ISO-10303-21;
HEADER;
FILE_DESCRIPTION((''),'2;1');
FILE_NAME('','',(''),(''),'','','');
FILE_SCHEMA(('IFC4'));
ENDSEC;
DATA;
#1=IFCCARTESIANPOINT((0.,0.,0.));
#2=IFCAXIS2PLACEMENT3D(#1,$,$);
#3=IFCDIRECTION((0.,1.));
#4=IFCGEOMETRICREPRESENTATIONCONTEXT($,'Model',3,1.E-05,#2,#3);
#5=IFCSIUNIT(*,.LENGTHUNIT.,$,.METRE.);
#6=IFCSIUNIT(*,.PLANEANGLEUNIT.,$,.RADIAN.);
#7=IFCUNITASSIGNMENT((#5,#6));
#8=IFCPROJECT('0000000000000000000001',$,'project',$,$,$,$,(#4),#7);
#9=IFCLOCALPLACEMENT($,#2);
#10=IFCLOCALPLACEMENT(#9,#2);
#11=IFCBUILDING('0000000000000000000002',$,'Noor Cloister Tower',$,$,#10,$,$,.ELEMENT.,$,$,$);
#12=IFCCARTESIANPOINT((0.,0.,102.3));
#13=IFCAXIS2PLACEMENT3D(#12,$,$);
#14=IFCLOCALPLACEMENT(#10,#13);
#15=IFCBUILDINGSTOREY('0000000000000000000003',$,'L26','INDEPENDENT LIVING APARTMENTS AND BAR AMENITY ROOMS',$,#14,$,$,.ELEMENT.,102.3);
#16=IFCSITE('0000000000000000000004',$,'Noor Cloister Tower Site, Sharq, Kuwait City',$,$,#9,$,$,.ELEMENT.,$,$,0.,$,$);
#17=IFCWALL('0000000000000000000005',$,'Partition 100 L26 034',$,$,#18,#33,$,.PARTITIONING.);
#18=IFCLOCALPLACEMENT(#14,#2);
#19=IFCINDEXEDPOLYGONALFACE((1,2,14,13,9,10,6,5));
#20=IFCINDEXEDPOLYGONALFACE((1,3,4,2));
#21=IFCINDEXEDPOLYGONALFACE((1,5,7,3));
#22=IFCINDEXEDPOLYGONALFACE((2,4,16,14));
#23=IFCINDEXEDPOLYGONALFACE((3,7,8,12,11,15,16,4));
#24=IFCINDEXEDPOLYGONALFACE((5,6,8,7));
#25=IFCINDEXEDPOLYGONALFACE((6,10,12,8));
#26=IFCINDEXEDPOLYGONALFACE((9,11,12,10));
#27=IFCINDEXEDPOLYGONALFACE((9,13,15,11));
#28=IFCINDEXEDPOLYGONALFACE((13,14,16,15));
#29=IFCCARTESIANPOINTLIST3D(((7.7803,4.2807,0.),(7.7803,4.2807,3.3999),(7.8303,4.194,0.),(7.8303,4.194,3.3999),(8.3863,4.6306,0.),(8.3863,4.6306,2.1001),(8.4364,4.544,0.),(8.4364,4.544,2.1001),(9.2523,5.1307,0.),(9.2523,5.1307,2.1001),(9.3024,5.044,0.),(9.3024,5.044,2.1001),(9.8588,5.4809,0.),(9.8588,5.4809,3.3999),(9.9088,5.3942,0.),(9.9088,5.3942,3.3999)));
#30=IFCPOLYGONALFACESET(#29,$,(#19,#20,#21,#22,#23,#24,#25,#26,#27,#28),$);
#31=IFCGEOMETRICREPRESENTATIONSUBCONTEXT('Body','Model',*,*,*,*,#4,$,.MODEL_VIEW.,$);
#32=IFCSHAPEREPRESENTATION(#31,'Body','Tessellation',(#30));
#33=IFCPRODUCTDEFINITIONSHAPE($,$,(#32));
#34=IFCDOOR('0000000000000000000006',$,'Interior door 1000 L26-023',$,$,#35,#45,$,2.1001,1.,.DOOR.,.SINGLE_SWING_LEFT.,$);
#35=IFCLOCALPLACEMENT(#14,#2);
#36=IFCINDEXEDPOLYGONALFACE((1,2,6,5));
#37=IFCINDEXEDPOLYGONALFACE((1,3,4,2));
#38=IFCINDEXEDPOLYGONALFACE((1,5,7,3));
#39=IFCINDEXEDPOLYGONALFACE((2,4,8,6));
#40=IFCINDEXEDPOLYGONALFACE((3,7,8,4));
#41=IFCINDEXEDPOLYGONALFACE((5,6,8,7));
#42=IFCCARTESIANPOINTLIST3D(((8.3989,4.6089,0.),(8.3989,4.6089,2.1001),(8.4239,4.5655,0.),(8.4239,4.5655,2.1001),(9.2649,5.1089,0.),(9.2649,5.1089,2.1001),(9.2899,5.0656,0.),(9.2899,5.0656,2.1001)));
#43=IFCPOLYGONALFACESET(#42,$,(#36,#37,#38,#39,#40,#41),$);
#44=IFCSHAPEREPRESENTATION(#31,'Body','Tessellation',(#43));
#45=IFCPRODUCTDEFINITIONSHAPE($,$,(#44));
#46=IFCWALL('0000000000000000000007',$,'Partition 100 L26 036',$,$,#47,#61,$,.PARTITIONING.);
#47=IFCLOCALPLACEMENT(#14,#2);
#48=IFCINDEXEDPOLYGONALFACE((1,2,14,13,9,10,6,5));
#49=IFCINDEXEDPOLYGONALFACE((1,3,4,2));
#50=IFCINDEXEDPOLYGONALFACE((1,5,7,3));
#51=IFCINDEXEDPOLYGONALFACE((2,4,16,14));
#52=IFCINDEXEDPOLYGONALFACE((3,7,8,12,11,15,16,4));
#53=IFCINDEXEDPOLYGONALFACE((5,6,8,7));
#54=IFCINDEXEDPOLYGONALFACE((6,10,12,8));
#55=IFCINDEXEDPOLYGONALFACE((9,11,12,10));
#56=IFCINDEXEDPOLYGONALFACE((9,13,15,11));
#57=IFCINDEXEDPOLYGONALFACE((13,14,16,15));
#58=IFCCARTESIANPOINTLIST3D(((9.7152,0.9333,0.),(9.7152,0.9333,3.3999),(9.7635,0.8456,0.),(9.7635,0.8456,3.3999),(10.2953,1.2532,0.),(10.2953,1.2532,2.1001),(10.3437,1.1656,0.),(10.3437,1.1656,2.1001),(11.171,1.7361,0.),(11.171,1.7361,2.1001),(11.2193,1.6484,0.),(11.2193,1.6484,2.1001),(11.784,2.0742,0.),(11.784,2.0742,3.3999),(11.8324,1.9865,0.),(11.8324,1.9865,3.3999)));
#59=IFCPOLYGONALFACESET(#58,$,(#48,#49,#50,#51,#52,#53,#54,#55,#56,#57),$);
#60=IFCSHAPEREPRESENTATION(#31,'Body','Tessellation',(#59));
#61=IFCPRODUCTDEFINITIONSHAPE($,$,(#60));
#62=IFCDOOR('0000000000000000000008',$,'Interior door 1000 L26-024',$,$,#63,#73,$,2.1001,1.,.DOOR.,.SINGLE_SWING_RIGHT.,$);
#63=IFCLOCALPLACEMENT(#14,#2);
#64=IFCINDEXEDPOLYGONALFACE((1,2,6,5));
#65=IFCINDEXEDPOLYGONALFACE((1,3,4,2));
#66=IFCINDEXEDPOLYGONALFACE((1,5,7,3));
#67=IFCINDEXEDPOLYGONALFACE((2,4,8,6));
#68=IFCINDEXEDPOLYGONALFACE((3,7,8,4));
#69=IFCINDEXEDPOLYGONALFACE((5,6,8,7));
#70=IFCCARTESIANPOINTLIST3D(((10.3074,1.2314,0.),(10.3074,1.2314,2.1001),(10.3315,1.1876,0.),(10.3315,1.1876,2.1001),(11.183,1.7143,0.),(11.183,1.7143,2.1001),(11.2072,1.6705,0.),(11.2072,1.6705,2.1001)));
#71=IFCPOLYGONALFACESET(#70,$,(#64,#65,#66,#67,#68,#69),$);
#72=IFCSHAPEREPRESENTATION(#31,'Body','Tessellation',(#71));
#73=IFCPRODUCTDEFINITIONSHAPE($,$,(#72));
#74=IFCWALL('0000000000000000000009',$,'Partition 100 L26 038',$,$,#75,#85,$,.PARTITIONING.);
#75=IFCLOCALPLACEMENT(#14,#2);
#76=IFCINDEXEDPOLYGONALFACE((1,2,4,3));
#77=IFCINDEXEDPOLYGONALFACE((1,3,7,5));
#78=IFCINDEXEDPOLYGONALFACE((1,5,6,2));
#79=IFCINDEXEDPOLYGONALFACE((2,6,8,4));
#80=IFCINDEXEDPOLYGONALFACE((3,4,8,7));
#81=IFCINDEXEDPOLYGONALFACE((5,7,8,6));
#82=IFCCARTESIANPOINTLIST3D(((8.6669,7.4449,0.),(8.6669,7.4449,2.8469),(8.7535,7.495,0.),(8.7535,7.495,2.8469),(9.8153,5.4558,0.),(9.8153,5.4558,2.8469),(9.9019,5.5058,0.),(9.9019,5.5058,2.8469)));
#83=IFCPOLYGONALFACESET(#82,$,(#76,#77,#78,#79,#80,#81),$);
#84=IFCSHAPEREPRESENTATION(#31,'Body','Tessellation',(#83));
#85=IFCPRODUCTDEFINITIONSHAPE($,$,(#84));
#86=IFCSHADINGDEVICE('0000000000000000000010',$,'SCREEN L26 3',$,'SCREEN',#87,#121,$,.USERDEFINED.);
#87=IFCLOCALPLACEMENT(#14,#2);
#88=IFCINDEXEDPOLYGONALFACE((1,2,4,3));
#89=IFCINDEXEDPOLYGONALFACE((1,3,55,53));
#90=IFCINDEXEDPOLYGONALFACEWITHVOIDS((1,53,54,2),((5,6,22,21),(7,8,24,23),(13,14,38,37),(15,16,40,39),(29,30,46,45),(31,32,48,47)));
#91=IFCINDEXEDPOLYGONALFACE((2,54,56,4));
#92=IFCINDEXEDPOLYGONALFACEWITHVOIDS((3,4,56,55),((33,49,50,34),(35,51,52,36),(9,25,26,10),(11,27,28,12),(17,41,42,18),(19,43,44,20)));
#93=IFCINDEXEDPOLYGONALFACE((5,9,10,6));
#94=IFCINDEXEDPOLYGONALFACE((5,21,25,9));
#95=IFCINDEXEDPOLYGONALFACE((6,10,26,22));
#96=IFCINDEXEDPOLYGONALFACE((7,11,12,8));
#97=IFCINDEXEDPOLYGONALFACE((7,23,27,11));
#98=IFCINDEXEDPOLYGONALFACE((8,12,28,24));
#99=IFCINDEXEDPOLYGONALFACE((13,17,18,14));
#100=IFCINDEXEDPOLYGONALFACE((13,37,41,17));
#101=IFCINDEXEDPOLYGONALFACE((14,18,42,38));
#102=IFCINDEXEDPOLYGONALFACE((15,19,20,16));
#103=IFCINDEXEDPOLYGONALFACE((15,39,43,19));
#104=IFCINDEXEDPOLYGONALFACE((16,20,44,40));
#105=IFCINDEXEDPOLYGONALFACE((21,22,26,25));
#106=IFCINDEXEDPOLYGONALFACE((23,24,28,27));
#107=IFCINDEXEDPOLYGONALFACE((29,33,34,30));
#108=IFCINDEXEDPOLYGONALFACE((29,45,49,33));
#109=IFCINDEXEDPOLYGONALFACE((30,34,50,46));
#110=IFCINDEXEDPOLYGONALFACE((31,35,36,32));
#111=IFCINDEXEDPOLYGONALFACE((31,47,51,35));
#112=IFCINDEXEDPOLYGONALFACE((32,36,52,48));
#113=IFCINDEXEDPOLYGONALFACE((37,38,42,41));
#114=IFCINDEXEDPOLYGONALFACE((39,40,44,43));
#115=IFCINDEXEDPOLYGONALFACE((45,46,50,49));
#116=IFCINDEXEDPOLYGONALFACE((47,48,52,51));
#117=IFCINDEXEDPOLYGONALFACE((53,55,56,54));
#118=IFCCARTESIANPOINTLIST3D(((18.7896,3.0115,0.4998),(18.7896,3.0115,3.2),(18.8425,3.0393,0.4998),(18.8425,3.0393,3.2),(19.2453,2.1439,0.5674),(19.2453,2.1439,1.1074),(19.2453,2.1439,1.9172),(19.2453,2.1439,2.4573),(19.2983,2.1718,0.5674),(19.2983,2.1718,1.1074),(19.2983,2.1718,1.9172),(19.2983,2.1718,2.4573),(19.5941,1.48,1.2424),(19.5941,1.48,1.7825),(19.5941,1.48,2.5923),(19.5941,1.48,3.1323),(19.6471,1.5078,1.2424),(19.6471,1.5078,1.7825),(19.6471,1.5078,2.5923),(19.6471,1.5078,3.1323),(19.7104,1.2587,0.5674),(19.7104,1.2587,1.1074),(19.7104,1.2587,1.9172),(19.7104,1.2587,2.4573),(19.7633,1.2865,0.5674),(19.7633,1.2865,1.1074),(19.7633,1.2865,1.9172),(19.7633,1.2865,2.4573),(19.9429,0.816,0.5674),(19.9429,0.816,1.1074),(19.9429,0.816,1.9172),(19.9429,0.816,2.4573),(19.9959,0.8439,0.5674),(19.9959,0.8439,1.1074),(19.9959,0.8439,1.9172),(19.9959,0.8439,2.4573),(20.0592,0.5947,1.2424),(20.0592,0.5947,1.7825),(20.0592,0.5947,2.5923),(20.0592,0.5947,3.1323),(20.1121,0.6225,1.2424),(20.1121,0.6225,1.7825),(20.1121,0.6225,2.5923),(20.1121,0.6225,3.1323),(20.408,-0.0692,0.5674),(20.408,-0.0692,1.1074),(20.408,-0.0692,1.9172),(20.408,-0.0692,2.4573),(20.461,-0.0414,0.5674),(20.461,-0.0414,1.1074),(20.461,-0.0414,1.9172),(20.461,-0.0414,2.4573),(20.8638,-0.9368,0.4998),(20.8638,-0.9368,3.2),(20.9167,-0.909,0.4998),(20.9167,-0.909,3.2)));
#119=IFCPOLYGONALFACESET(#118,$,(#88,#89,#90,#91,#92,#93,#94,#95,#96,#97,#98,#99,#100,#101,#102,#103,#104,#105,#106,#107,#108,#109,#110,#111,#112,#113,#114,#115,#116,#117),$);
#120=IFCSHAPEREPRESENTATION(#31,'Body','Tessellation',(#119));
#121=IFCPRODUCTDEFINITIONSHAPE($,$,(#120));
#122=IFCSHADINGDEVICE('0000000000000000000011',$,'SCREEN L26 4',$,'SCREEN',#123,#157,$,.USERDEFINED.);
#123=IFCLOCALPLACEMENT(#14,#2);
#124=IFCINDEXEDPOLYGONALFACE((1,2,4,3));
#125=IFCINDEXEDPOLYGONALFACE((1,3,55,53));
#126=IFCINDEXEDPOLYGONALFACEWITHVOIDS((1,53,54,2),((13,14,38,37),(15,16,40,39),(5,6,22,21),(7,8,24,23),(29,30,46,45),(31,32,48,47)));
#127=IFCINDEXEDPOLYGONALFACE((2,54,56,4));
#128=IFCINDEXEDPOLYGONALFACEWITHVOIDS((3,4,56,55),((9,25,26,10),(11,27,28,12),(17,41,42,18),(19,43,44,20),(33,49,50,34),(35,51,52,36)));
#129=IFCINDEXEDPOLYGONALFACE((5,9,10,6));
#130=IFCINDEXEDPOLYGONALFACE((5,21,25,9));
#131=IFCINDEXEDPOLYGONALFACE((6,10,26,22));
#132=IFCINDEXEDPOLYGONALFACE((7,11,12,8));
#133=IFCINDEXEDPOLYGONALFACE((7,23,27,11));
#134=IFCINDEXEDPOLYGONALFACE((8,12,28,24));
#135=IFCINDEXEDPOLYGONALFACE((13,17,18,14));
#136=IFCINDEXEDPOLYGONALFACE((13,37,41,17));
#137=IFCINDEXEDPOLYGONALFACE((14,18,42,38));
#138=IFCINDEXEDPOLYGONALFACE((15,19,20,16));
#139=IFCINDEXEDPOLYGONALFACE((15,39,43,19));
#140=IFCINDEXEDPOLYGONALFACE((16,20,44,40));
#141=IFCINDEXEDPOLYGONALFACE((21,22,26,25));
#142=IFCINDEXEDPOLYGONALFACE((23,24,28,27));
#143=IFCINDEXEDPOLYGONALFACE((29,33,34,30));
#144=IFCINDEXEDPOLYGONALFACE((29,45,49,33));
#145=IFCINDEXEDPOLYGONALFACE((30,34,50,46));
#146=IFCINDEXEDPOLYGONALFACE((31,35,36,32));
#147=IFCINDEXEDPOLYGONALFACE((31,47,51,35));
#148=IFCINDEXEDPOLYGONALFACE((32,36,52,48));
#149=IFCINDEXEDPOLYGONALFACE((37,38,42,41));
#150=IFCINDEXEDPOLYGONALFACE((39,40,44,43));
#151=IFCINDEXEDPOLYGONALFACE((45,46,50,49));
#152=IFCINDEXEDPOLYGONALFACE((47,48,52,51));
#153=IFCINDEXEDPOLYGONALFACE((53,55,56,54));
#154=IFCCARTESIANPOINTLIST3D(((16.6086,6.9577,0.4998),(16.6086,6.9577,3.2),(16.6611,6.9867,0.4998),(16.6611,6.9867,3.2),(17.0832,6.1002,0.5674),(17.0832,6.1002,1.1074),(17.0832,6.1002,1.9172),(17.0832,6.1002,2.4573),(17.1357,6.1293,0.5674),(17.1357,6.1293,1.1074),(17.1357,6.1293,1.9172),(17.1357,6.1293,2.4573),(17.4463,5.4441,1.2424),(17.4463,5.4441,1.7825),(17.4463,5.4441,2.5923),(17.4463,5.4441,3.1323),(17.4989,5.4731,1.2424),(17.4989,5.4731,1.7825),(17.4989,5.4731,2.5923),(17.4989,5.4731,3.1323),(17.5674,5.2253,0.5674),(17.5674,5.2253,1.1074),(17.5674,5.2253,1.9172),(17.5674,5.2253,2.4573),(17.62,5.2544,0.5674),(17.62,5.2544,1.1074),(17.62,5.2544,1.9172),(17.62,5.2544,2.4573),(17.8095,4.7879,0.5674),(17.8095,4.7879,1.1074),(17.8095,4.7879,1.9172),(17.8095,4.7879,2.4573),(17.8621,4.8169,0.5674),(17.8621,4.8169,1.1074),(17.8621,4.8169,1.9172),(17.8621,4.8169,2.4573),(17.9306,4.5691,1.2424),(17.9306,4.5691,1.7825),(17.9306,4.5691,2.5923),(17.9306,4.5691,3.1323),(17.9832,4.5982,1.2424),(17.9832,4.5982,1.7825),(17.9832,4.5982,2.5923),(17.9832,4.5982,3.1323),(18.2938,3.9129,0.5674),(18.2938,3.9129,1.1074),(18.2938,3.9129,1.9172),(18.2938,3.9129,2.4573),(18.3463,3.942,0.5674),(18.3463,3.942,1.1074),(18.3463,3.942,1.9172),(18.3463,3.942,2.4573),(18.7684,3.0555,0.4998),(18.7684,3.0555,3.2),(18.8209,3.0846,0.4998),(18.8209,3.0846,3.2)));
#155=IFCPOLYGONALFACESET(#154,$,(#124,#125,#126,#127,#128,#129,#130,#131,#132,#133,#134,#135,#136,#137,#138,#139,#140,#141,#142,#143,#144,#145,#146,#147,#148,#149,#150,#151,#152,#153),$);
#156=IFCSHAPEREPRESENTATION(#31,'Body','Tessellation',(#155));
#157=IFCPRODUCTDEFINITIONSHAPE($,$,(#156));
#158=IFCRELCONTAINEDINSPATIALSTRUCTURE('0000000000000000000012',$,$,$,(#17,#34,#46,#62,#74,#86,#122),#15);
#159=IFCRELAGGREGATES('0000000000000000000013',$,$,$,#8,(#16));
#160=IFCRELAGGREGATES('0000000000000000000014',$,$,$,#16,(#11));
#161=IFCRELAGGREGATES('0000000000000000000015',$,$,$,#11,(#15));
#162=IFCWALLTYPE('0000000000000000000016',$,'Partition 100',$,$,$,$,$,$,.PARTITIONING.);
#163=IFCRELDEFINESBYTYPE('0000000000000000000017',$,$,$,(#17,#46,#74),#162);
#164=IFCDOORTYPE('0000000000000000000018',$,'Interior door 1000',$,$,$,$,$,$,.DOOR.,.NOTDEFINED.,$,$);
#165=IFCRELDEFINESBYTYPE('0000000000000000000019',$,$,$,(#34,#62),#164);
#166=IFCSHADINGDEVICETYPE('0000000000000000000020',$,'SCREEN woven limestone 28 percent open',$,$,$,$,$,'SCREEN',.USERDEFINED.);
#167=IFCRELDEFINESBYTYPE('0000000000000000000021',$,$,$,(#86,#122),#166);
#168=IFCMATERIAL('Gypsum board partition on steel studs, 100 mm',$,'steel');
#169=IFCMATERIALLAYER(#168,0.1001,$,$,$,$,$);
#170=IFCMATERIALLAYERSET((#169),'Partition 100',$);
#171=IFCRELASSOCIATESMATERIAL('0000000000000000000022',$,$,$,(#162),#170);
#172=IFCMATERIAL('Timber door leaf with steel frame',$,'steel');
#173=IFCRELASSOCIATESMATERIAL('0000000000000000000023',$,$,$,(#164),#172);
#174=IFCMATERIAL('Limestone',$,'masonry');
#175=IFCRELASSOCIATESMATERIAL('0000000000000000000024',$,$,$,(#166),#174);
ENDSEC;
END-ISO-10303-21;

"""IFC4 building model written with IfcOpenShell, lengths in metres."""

from ifc_helpers import new_model, si_unit, direction, frame, frame_2d, origin, place, context, subcontext, project, spatial, polyline, rectangle, outline, extrude, material, layer, layer_set, material_profile, profile_set, type_object, element, fill, save


model = new_model("IFC4")

# Units and contexts
model_context = context("Model", 3, precision=1e-05, world=origin(), true_north=direction((0.0, 1.0)))
body_context = subcontext(model_context, "Body", "Model", "MODEL_VIEW")
ifc_project = project(units=[si_unit("LENGTHUNIT", "METRE"), si_unit("PLANEANGLEUNIT", "RADIAN")], contexts=[model_context])

# Site, building, storey
site_placement = place(None, origin())
site = spatial("IfcSite", under=ifc_project, at=site_placement, Name="Noor Cloister Tower Site, Sharq, Kuwait City", CompositionType="ELEMENT", RefElevation=0.0)
building_placement = place(site_placement, origin())
building = spatial("IfcBuilding", under=site, at=building_placement, Name="Noor Cloister Tower", CompositionType="ELEMENT")
storey_placement = place(building_placement, frame((0.0, 0.0, 102.3)))
storey = spatial("IfcBuildingStorey", under=building, at=storey_placement, Name="L26", Description="INDEPENDENT LIVING APARTMENTS AND BAR AMENITY ROOMS", CompositionType="ELEMENT", Elevation=102.3)

# Walls, openings, doors
ifc_material_1 = material(Name="Gypsum board partition on steel studs, 100 mm", Category="steel")
ifc_layer_1 = layer(ifc_material_1, 0.1001)
ifc_layer_set_1 = layer_set([ifc_layer_1], Name="Partition 100")
wall_type_1 = type_object("IfcWallType", Name="Partition 100", PredefinedType="PARTITIONING", material=ifc_layer_set_1)
wall_1_placement = place(storey_placement, frame((7.8052, 4.2373, 0.0), z_axis=(0.0, 0.0, 1.0), x_axis=(0.866006, 0.500034, 0.0)))
wall_1 = element("IfcWall", 1, at=wall_1_placement, inside=storey, type_object=wall_type_1, Name="Partition 100 L26 034", PredefinedType="PARTITIONING", context=body_context, shape_type="SweptSolid", body=[
    extrude(rectangle(XDim=2.4001, YDim=0.1001, at=frame_2d((1.2002, 0.0))), origin(), (0.0, 0.0, 1.0), 3.3999),
])
opening_1_placement = place(wall_1_placement, frame((0.7, 0.0, 0.0)))
opening_1 = element("IfcOpeningElement", 2, at=opening_1_placement, cuts=wall_1, PredefinedType="OPENING", context=body_context, shape_type="SweptSolid", body=[
    extrude(rectangle(XDim=1.0, YDim=2.1001, at=frame_2d((0.5, 1.05))), frame((0.0, 0.0601, 0.0), z_axis=(0.0, -1.0, 0.0), x_axis=(1.0, 0.0, 0.0)), (0.0, 0.0, 1.0), 0.1201),
])
ifc_material_2 = material(Name="Timber door leaf with steel frame", Category="steel")
door_type = type_object("IfcDoorType", Name="Interior door 1000", OperationType="NOTDEFINED", PredefinedType="DOOR", material=ifc_material_2)
door_1_placement = place(opening_1_placement, origin())
door_1 = element("IfcDoor", 3, at=door_1_placement, inside=storey, type_object=door_type, Name="Interior door 1000 L26-023", OperationType="SINGLE_SWING_LEFT", OverallHeight=2.1001, OverallWidth=1.0, PredefinedType="DOOR", context=body_context, shape_type="SweptSolid", body=[
    extrude(rectangle(XDim=1.0, YDim=2.1001, at=frame_2d((0.5, 1.05))), frame((0.0, 0.0249, 0.0), z_axis=(0.0, -1.0, 0.0), x_axis=(1.0, 0.0, 0.0)), (0.0, 0.0, 1.0), 0.05),
])
fill(opening_1, door_1)
wall_2_placement = place(storey_placement, frame((11.8081, 2.0303, 0.0), z_axis=(0.0, 0.0, 1.0), x_axis=(-0.875679, -0.482894, 0.0)))
wall_2 = element("IfcWall", 4, at=wall_2_placement, inside=storey, type_object=wall_type_1, Name="Partition 100 L26 036", PredefinedType="PARTITIONING", context=body_context, shape_type="SweptSolid", body=[
    extrude(rectangle(XDim=2.3625, YDim=0.1001, at=frame_2d((1.1812, 0.0))), origin(), (0.0, 0.0, 1.0), 3.3999),
])
opening_2_placement = place(wall_2_placement, frame((0.7, 0.0, 0.0)))
opening_2 = element("IfcOpeningElement", 5, at=opening_2_placement, cuts=wall_2, PredefinedType="OPENING", context=body_context, shape_type="SweptSolid", body=[
    extrude(rectangle(XDim=1.0, YDim=2.1001, at=frame_2d((0.5, 1.05))), frame((0.0, 0.0601, 0.0), z_axis=(0.0, -1.0, 0.0), x_axis=(1.0, 0.0, 0.0)), (0.0, 0.0, 1.0), 0.1201),
])
door_2_placement = place(opening_2_placement, origin())
door_2 = element("IfcDoor", 6, at=door_2_placement, inside=storey, type_object=door_type, Name="Interior door 1000 L26-024", OperationType="SINGLE_SWING_RIGHT", OverallHeight=2.1001, OverallWidth=1.0, PredefinedType="DOOR", context=body_context, shape_type="SweptSolid", body=[
    extrude(rectangle(XDim=1.0, YDim=2.1001, at=frame_2d((0.5, 1.05))), frame((0.0, 0.0249, 0.0), z_axis=(0.0, -1.0, 0.0), x_axis=(1.0, 0.0, 0.0)), (0.0, 0.0, 1.0), 0.05),
])
fill(opening_2, door_2)

# Wall
wall_3_placement = place(storey_placement, frame((8.7102, 7.47, 0.0), z_axis=(0.0, 0.0, 1.0), x_axis=(0.49998, -0.866037, 0.0)))
element("IfcWall", 7, at=wall_3_placement, inside=storey, type_object=wall_type_1, Name="Partition 100 L26 038", PredefinedType="PARTITIONING", context=body_context, shape_type="SweptSolid", body=[
    extrude(rectangle(XDim=2.2969, YDim=0.1001, at=frame_2d((1.1484, 0.0))), origin(), (0.0, 0.0, 1.0), 2.8469),
])

# Shading devices
ifc_material_3 = material(Name="Limestone", Category="masonry")
ifc_material_profile_1 = material_profile(ifc_material_3, outline(polyline([(-2.23, -1.3501), (2.23, -1.3501), (2.23, 1.3501), (-2.23, 1.3501), (-2.23, -1.3501)]), holes=[polyline([(-1.25, -1.2825), (-0.25, -1.2825), (-0.25, -0.7424), (-1.25, -0.7424), (-1.25, -1.2825)]), polyline([(0.25, -1.2825), (1.25, -1.2825), (1.25, -0.7424), (0.25, -0.7424), (0.25, -1.2825)]), polyline([(-0.5, -0.6074), (0.5, -0.6074), (0.5, -0.0674), (-0.5, -0.0674), (-0.5, -0.6074)]), polyline([(-1.25, 0.0674), (-0.25, 0.0674), (-0.25, 0.6074), (-1.25, 0.6074), (-1.25, 0.0674)]), polyline([(0.25, 0.0674), (1.25, 0.0674), (1.25, 0.6074), (0.25, 0.6074), (0.25, 0.0674)]), polyline([(-0.5, 0.7424), (0.5, 0.7424), (0.5, 1.2825), (-0.5, 1.2825), (-0.5, 0.7424)])]), Name="Woven screen 28 percent open")
ifc_profile_set_1 = profile_set([ifc_material_profile_1], Name="Limestone")
shading_device_type = type_object("IfcShadingDeviceType", Name="SCREEN woven limestone 28 percent open", ElementType="SCREEN", PredefinedType="USERDEFINED", material=ifc_profile_set_1)
shading_device_placement = place(storey_placement, frame((19.8267, 1.0374, 1.8499), z_axis=(0.885272, 0.465074, 0.0), x_axis=(-0.465074, 0.885272, 0.0)))
element("IfcShadingDevice", 8, at=shading_device_placement, inside=storey, type_object=shading_device_type, Name="SCREEN L26 3", ObjectType="SCREEN", PredefinedType="USERDEFINED", context=body_context, shape_type="SweptSolid", body=[
    extrude(outline(polyline([(-2.23, -1.3501), (2.23, -1.3501), (2.23, 1.3501), (-2.23, 1.3501), (-2.23, -1.3501)]), holes=[polyline([(-1.25, -1.2825), (-0.25, -1.2825), (-0.25, -0.7424), (-1.25, -0.7424), (-1.25, -1.2825)]), polyline([(0.25, -1.2825), (1.25, -1.2825), (1.25, -0.7424), (0.25, -0.7424), (0.25, -1.2825)]), polyline([(-0.5, -0.6074), (0.5, -0.6074), (0.5, -0.0674), (-0.5, -0.0674), (-0.5, -0.6074)]), polyline([(-1.25, 0.0674), (-0.25, 0.0674), (-0.25, 0.6074), (-1.25, 0.6074), (-1.25, 0.0674)]), polyline([(0.25, 0.0674), (1.25, 0.0674), (1.25, 0.6074), (0.25, 0.6074), (0.25, 0.0674)]), polyline([(-0.5, 0.7424), (0.5, 0.7424), (0.5, 1.2825), (-0.5, 1.2825), (-0.5, 0.7424)])]), origin(), (0.0, 0.0, 1.0), 0.0598),
])
for number, where, z_axis, x_axis, name in (
    (9, (17.6885, 5.0066, 1.8499), (0.874924, 0.48426, 0.0), (-0.48426, 0.874924, 0.0), "SCREEN L26 4"),
):
    element("IfcShadingDevice", number, at=place(storey_placement, frame(where, z_axis=z_axis, x_axis=x_axis)), inside=storey, type_object=shading_device_type, Name=name, ObjectType="SCREEN", PredefinedType="USERDEFINED", context=body_context, shape_type="SweptSolid", body=[
        extrude(outline(polyline([(-2.23, -1.3501), (2.23, -1.3501), (2.23, 1.3501), (-2.23, 1.3501), (-2.23, -1.3501)]), holes=[polyline([(-1.25, -1.2825), (-0.25, -1.2825), (-0.25, -0.7424), (-1.25, -0.7424), (-1.25, -1.2825)]), polyline([(0.25, -1.2825), (1.25, -1.2825), (1.25, -0.7424), (0.25, -0.7424), (0.25, -1.2825)]), polyline([(-0.5, -0.6074), (0.5, -0.6074), (0.5, -0.0674), (-0.5, -0.0674), (-0.5, -0.6074)]), polyline([(-1.25, 0.0674), (-0.25, 0.0674), (-0.25, 0.6074), (-1.25, 0.6074), (-1.25, 0.0674)]), polyline([(0.25, 0.0674), (1.25, 0.0674), (1.25, 0.6074), (0.25, 0.6074), (0.25, 0.0674)]), polyline([(-0.5, 0.7424), (0.5, 0.7424), (0.5, 1.2825), (-0.5, 1.2825), (-0.5, 0.7424)])]), origin(), (0.0, 0.0, 1.0), 0.0601),
    ])

save(model, "model.ifc")
